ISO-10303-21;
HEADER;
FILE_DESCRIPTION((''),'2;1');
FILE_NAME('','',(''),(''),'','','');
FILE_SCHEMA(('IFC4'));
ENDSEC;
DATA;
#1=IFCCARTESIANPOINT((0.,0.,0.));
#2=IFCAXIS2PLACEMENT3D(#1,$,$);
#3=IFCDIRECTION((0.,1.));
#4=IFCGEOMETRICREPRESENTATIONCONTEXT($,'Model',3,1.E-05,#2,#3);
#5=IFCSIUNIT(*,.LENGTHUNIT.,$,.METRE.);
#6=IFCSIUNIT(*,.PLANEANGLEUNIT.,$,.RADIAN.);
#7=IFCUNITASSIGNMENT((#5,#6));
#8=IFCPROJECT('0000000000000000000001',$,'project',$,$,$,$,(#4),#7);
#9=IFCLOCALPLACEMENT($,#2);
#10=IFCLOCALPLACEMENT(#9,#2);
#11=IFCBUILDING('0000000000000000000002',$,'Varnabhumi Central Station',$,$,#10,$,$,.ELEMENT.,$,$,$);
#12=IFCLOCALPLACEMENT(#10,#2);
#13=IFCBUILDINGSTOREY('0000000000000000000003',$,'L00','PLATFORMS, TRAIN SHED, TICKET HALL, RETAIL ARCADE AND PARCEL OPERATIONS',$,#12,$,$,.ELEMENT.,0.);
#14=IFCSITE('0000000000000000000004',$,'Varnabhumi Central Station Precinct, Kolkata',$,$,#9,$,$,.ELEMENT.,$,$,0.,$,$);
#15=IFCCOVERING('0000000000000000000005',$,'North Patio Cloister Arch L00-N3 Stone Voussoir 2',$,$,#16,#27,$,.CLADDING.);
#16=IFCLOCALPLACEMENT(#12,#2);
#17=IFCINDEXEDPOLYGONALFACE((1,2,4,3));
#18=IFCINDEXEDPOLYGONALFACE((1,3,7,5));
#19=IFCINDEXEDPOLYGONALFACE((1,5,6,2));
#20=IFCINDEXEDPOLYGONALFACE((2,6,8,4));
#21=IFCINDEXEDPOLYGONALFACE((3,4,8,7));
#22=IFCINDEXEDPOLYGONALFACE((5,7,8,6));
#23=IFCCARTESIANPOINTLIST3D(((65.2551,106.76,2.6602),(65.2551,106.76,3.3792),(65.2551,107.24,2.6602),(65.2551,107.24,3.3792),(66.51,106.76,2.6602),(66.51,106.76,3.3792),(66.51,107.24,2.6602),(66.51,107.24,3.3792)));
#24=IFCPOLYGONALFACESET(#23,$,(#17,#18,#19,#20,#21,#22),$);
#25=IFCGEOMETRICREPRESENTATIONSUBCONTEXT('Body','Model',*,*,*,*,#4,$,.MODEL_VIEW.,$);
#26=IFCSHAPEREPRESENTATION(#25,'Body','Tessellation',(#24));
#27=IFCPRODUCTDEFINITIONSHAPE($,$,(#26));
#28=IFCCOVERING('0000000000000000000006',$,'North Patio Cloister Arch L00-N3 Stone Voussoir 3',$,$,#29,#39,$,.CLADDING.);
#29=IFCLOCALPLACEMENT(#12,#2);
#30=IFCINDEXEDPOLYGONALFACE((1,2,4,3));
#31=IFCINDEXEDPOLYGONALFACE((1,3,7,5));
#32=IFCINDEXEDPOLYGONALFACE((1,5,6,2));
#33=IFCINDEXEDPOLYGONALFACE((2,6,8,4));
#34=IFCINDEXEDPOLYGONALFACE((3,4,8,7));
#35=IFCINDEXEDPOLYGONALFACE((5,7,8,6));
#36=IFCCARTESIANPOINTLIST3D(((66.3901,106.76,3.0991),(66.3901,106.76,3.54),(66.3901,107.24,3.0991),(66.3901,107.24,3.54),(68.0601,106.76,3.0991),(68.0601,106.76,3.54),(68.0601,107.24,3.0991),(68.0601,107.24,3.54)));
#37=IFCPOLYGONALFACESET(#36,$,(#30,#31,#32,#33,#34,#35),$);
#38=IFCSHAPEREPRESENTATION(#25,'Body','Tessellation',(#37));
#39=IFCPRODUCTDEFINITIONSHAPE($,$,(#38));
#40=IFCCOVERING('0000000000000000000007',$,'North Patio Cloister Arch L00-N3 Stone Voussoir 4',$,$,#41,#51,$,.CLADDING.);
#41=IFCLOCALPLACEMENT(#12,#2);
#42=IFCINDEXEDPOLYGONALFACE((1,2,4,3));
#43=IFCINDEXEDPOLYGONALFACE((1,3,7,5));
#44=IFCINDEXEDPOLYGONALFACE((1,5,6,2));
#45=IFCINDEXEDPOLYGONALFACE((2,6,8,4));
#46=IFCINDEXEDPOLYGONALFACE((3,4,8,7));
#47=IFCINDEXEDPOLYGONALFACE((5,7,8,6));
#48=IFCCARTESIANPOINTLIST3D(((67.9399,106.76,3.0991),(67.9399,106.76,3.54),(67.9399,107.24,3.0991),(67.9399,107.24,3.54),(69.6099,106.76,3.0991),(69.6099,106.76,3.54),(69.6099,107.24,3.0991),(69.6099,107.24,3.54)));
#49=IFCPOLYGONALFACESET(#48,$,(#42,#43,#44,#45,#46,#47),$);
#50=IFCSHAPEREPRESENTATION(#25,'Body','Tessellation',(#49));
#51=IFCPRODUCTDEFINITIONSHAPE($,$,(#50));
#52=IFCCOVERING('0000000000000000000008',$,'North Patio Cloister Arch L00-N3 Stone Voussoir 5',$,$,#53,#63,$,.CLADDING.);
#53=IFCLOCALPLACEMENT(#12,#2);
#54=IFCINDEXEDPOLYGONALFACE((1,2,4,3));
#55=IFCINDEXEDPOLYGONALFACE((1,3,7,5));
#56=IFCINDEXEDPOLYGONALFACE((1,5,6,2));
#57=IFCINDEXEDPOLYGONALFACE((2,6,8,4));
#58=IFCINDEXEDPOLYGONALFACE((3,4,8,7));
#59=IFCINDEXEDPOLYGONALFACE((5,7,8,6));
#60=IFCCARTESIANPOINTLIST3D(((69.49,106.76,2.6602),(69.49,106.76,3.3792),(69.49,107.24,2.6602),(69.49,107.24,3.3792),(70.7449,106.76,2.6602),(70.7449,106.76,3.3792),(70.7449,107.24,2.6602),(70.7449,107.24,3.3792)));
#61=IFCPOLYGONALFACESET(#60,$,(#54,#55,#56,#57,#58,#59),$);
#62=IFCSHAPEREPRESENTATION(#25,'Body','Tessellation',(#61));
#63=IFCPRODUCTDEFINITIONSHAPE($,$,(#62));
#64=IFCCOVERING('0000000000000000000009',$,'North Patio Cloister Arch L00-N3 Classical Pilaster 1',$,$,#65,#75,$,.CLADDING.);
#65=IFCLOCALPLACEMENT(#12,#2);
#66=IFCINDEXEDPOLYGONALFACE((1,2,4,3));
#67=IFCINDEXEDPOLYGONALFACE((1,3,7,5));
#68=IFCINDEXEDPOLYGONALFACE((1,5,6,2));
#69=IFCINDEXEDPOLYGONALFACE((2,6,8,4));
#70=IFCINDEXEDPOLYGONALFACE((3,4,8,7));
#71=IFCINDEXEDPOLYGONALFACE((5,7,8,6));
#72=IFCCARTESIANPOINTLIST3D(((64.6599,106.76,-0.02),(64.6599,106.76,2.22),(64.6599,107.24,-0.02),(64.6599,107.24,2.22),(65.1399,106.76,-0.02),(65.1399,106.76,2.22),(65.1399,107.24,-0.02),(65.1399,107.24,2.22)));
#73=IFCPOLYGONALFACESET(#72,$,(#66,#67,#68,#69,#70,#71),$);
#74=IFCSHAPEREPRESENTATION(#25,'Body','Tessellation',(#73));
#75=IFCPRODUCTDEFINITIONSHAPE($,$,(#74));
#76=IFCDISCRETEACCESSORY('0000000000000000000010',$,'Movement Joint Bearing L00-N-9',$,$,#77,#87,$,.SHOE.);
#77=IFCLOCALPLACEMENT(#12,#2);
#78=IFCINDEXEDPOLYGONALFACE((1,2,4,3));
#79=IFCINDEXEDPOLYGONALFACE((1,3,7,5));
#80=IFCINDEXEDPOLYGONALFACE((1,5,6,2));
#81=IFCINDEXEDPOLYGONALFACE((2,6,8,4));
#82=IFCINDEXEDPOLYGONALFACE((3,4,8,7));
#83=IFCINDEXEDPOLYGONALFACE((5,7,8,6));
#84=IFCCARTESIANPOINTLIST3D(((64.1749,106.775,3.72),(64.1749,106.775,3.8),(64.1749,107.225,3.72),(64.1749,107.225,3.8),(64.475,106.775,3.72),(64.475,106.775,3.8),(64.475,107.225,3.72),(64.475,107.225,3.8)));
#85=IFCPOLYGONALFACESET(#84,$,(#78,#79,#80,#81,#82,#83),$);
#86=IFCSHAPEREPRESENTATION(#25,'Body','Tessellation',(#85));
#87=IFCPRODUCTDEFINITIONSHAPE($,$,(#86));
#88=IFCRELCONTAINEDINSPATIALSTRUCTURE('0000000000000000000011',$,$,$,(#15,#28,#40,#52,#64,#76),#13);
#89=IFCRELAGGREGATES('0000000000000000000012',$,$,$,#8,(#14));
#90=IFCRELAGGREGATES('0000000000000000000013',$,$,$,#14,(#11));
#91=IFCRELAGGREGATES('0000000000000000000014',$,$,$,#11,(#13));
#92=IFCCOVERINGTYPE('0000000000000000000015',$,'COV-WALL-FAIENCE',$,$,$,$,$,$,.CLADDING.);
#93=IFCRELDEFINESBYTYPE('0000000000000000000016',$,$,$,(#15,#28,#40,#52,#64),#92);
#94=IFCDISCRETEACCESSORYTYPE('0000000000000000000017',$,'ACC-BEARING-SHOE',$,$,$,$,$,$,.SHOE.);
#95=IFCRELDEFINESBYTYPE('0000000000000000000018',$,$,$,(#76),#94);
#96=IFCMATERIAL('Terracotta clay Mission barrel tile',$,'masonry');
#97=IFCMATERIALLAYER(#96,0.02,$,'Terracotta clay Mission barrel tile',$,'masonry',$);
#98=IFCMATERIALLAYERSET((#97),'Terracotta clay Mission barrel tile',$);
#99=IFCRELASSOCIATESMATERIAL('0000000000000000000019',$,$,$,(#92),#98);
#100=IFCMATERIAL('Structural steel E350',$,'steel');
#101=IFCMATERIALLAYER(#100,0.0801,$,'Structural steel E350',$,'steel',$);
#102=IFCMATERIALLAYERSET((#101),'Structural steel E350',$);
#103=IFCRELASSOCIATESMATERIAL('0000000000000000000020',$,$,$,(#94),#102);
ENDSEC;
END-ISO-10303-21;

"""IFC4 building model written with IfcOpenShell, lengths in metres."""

from ifc_helpers import new_model, si_unit, direction, frame, origin, origin_2d, place, context, subcontext, project, spatial, rectangle, extrude, material, layer, layer_set, type_object, element, save


model = new_model("IFC4")

# Units and contexts
model_context = context("Model", 3, precision=1e-05, world=origin(), true_north=direction((0.0, 1.0)))
body_context = subcontext(model_context, "Body", "Model", "MODEL_VIEW")
ifc_project = project(units=[si_unit("LENGTHUNIT", "METRE"), si_unit("PLANEANGLEUNIT", "RADIAN")], contexts=[model_context])

# Site, building, storey
site_placement = place(None, origin())
site = spatial("IfcSite", under=ifc_project, at=site_placement, Name="Varnabhumi Central Station Precinct, Kolkata", CompositionType="ELEMENT", RefElevation=0.0)
building_placement = place(site_placement, origin())
building = spatial("IfcBuilding", under=site, at=building_placement, Name="Varnabhumi Central Station", CompositionType="ELEMENT")
storey_placement = place(building_placement, origin())
storey = spatial("IfcBuildingStorey", under=building, at=storey_placement, Name="L00", Description="PLATFORMS, TRAIN SHED, TICKET HALL, RETAIL ARCADE AND PARCEL OPERATIONS", CompositionType="ELEMENT", Elevation=0.0)

# Shared definitions
ifc_material_1 = material(Name="Structural steel E350", Category="steel")

# Coverings
ifc_material_2 = material(Name="Terracotta clay Mission barrel tile", Category="masonry")
ifc_layer_1 = layer(ifc_material_2, 0.02, Name="Terracotta clay Mission barrel tile", Category="masonry")
ifc_layer_set_1 = layer_set([ifc_layer_1], Name="Terracotta clay Mission barrel tile")
covering_type = type_object("IfcCoveringType", Name="COV-WALL-FAIENCE", PredefinedType="CLADDING", material=ifc_layer_set_1)
covering_1_placement = place(storey_placement, frame((65.8826, 107.0, 2.6602), z_axis=(0.0, 0.0, 1.0), x_axis=(1.0, 0.0, 0.0)))
element("IfcCovering", 1, at=covering_1_placement, inside=storey, type_object=covering_type, Name="North Patio Cloister Arch L00-N3 Stone Voussoir 2", PredefinedType="CLADDING", context=body_context, shape_type="SweptSolid", body=[
    extrude(rectangle(XDim=1.2549, YDim=0.48, at=origin_2d()), origin(), (0.0, 0.0, 1.0), 0.719),
])
for number, where, z_axis, x_axis, name in (
    (2, (67.2251, 107.0, 3.0991), (0.0, 0.0, 1.0), (1.0, 0.0, 0.0), "North Patio Cloister Arch L00-N3 Stone Voussoir 3"),
    (3, (68.7749, 107.0, 3.0991), (0.0, 0.0, 1.0), (1.0, 0.0, 0.0), "North Patio Cloister Arch L00-N3 Stone Voussoir 4"),
):
    element("IfcCovering", number, at=place(storey_placement, frame(where, z_axis=z_axis, x_axis=x_axis)), inside=storey, type_object=covering_type, Name=name, PredefinedType="CLADDING", context=body_context, shape_type="SweptSolid", body=[
        extrude(rectangle(XDim=1.6699, YDim=0.48, at=origin_2d()), origin(), (0.0, 0.0, 1.0), 0.4409),
    ])
covering_2_placement = place(storey_placement, frame((70.1174, 107.0, 2.6602), z_axis=(0.0, 0.0, 1.0), x_axis=(1.0, 0.0, 0.0)))
element("IfcCovering", 4, at=covering_2_placement, inside=storey, type_object=covering_type, Name="North Patio Cloister Arch L00-N3 Stone Voussoir 5", PredefinedType="CLADDING", context=body_context, shape_type="SweptSolid", body=[
    extrude(rectangle(XDim=1.2549, YDim=0.48, at=origin_2d()), origin(), (0.0, 0.0, 1.0), 0.719),
])
covering_3_placement = place(storey_placement, frame((64.8999, 107.0, -0.02), z_axis=(0.0, 0.0, 1.0), x_axis=(1.0, 0.0, 0.0)))
element("IfcCovering", 5, at=covering_3_placement, inside=storey, type_object=covering_type, Name="North Patio Cloister Arch L00-N3 Classical Pilaster 1", PredefinedType="CLADDING", context=body_context, shape_type="SweptSolid", body=[
    extrude(rectangle(XDim=0.48, YDim=0.48, at=origin_2d()), origin(), (0.0, 0.0, 1.0), 2.24),
])

# Discrete accessory
ifc_layer_2 = layer(ifc_material_1, 0.0801, Name="Structural steel E350", Category="steel")
ifc_layer_set_2 = layer_set([ifc_layer_2], Name="Structural steel E350")
discrete_accessory_type = type_object("IfcDiscreteAccessoryType", Name="ACC-BEARING-SHOE", PredefinedType="SHOE", material=ifc_layer_set_2)
discrete_accessory_placement = place(storey_placement, frame((64.325, 107.0, 3.72), z_axis=(0.0, 0.0, 1.0), x_axis=(1.0, 0.0, 0.0)))
element("IfcDiscreteAccessory", 6, at=discrete_accessory_placement, inside=storey, type_object=discrete_accessory_type, Name="Movement Joint Bearing L00-N-9", PredefinedType="SHOE", context=body_context, shape_type="SweptSolid", body=[
    extrude(rectangle(XDim=0.3, YDim=0.45, at=origin_2d()), origin(), (0.0, 0.0, 1.0), 0.0801),
])

save(model, "model.ifc")
